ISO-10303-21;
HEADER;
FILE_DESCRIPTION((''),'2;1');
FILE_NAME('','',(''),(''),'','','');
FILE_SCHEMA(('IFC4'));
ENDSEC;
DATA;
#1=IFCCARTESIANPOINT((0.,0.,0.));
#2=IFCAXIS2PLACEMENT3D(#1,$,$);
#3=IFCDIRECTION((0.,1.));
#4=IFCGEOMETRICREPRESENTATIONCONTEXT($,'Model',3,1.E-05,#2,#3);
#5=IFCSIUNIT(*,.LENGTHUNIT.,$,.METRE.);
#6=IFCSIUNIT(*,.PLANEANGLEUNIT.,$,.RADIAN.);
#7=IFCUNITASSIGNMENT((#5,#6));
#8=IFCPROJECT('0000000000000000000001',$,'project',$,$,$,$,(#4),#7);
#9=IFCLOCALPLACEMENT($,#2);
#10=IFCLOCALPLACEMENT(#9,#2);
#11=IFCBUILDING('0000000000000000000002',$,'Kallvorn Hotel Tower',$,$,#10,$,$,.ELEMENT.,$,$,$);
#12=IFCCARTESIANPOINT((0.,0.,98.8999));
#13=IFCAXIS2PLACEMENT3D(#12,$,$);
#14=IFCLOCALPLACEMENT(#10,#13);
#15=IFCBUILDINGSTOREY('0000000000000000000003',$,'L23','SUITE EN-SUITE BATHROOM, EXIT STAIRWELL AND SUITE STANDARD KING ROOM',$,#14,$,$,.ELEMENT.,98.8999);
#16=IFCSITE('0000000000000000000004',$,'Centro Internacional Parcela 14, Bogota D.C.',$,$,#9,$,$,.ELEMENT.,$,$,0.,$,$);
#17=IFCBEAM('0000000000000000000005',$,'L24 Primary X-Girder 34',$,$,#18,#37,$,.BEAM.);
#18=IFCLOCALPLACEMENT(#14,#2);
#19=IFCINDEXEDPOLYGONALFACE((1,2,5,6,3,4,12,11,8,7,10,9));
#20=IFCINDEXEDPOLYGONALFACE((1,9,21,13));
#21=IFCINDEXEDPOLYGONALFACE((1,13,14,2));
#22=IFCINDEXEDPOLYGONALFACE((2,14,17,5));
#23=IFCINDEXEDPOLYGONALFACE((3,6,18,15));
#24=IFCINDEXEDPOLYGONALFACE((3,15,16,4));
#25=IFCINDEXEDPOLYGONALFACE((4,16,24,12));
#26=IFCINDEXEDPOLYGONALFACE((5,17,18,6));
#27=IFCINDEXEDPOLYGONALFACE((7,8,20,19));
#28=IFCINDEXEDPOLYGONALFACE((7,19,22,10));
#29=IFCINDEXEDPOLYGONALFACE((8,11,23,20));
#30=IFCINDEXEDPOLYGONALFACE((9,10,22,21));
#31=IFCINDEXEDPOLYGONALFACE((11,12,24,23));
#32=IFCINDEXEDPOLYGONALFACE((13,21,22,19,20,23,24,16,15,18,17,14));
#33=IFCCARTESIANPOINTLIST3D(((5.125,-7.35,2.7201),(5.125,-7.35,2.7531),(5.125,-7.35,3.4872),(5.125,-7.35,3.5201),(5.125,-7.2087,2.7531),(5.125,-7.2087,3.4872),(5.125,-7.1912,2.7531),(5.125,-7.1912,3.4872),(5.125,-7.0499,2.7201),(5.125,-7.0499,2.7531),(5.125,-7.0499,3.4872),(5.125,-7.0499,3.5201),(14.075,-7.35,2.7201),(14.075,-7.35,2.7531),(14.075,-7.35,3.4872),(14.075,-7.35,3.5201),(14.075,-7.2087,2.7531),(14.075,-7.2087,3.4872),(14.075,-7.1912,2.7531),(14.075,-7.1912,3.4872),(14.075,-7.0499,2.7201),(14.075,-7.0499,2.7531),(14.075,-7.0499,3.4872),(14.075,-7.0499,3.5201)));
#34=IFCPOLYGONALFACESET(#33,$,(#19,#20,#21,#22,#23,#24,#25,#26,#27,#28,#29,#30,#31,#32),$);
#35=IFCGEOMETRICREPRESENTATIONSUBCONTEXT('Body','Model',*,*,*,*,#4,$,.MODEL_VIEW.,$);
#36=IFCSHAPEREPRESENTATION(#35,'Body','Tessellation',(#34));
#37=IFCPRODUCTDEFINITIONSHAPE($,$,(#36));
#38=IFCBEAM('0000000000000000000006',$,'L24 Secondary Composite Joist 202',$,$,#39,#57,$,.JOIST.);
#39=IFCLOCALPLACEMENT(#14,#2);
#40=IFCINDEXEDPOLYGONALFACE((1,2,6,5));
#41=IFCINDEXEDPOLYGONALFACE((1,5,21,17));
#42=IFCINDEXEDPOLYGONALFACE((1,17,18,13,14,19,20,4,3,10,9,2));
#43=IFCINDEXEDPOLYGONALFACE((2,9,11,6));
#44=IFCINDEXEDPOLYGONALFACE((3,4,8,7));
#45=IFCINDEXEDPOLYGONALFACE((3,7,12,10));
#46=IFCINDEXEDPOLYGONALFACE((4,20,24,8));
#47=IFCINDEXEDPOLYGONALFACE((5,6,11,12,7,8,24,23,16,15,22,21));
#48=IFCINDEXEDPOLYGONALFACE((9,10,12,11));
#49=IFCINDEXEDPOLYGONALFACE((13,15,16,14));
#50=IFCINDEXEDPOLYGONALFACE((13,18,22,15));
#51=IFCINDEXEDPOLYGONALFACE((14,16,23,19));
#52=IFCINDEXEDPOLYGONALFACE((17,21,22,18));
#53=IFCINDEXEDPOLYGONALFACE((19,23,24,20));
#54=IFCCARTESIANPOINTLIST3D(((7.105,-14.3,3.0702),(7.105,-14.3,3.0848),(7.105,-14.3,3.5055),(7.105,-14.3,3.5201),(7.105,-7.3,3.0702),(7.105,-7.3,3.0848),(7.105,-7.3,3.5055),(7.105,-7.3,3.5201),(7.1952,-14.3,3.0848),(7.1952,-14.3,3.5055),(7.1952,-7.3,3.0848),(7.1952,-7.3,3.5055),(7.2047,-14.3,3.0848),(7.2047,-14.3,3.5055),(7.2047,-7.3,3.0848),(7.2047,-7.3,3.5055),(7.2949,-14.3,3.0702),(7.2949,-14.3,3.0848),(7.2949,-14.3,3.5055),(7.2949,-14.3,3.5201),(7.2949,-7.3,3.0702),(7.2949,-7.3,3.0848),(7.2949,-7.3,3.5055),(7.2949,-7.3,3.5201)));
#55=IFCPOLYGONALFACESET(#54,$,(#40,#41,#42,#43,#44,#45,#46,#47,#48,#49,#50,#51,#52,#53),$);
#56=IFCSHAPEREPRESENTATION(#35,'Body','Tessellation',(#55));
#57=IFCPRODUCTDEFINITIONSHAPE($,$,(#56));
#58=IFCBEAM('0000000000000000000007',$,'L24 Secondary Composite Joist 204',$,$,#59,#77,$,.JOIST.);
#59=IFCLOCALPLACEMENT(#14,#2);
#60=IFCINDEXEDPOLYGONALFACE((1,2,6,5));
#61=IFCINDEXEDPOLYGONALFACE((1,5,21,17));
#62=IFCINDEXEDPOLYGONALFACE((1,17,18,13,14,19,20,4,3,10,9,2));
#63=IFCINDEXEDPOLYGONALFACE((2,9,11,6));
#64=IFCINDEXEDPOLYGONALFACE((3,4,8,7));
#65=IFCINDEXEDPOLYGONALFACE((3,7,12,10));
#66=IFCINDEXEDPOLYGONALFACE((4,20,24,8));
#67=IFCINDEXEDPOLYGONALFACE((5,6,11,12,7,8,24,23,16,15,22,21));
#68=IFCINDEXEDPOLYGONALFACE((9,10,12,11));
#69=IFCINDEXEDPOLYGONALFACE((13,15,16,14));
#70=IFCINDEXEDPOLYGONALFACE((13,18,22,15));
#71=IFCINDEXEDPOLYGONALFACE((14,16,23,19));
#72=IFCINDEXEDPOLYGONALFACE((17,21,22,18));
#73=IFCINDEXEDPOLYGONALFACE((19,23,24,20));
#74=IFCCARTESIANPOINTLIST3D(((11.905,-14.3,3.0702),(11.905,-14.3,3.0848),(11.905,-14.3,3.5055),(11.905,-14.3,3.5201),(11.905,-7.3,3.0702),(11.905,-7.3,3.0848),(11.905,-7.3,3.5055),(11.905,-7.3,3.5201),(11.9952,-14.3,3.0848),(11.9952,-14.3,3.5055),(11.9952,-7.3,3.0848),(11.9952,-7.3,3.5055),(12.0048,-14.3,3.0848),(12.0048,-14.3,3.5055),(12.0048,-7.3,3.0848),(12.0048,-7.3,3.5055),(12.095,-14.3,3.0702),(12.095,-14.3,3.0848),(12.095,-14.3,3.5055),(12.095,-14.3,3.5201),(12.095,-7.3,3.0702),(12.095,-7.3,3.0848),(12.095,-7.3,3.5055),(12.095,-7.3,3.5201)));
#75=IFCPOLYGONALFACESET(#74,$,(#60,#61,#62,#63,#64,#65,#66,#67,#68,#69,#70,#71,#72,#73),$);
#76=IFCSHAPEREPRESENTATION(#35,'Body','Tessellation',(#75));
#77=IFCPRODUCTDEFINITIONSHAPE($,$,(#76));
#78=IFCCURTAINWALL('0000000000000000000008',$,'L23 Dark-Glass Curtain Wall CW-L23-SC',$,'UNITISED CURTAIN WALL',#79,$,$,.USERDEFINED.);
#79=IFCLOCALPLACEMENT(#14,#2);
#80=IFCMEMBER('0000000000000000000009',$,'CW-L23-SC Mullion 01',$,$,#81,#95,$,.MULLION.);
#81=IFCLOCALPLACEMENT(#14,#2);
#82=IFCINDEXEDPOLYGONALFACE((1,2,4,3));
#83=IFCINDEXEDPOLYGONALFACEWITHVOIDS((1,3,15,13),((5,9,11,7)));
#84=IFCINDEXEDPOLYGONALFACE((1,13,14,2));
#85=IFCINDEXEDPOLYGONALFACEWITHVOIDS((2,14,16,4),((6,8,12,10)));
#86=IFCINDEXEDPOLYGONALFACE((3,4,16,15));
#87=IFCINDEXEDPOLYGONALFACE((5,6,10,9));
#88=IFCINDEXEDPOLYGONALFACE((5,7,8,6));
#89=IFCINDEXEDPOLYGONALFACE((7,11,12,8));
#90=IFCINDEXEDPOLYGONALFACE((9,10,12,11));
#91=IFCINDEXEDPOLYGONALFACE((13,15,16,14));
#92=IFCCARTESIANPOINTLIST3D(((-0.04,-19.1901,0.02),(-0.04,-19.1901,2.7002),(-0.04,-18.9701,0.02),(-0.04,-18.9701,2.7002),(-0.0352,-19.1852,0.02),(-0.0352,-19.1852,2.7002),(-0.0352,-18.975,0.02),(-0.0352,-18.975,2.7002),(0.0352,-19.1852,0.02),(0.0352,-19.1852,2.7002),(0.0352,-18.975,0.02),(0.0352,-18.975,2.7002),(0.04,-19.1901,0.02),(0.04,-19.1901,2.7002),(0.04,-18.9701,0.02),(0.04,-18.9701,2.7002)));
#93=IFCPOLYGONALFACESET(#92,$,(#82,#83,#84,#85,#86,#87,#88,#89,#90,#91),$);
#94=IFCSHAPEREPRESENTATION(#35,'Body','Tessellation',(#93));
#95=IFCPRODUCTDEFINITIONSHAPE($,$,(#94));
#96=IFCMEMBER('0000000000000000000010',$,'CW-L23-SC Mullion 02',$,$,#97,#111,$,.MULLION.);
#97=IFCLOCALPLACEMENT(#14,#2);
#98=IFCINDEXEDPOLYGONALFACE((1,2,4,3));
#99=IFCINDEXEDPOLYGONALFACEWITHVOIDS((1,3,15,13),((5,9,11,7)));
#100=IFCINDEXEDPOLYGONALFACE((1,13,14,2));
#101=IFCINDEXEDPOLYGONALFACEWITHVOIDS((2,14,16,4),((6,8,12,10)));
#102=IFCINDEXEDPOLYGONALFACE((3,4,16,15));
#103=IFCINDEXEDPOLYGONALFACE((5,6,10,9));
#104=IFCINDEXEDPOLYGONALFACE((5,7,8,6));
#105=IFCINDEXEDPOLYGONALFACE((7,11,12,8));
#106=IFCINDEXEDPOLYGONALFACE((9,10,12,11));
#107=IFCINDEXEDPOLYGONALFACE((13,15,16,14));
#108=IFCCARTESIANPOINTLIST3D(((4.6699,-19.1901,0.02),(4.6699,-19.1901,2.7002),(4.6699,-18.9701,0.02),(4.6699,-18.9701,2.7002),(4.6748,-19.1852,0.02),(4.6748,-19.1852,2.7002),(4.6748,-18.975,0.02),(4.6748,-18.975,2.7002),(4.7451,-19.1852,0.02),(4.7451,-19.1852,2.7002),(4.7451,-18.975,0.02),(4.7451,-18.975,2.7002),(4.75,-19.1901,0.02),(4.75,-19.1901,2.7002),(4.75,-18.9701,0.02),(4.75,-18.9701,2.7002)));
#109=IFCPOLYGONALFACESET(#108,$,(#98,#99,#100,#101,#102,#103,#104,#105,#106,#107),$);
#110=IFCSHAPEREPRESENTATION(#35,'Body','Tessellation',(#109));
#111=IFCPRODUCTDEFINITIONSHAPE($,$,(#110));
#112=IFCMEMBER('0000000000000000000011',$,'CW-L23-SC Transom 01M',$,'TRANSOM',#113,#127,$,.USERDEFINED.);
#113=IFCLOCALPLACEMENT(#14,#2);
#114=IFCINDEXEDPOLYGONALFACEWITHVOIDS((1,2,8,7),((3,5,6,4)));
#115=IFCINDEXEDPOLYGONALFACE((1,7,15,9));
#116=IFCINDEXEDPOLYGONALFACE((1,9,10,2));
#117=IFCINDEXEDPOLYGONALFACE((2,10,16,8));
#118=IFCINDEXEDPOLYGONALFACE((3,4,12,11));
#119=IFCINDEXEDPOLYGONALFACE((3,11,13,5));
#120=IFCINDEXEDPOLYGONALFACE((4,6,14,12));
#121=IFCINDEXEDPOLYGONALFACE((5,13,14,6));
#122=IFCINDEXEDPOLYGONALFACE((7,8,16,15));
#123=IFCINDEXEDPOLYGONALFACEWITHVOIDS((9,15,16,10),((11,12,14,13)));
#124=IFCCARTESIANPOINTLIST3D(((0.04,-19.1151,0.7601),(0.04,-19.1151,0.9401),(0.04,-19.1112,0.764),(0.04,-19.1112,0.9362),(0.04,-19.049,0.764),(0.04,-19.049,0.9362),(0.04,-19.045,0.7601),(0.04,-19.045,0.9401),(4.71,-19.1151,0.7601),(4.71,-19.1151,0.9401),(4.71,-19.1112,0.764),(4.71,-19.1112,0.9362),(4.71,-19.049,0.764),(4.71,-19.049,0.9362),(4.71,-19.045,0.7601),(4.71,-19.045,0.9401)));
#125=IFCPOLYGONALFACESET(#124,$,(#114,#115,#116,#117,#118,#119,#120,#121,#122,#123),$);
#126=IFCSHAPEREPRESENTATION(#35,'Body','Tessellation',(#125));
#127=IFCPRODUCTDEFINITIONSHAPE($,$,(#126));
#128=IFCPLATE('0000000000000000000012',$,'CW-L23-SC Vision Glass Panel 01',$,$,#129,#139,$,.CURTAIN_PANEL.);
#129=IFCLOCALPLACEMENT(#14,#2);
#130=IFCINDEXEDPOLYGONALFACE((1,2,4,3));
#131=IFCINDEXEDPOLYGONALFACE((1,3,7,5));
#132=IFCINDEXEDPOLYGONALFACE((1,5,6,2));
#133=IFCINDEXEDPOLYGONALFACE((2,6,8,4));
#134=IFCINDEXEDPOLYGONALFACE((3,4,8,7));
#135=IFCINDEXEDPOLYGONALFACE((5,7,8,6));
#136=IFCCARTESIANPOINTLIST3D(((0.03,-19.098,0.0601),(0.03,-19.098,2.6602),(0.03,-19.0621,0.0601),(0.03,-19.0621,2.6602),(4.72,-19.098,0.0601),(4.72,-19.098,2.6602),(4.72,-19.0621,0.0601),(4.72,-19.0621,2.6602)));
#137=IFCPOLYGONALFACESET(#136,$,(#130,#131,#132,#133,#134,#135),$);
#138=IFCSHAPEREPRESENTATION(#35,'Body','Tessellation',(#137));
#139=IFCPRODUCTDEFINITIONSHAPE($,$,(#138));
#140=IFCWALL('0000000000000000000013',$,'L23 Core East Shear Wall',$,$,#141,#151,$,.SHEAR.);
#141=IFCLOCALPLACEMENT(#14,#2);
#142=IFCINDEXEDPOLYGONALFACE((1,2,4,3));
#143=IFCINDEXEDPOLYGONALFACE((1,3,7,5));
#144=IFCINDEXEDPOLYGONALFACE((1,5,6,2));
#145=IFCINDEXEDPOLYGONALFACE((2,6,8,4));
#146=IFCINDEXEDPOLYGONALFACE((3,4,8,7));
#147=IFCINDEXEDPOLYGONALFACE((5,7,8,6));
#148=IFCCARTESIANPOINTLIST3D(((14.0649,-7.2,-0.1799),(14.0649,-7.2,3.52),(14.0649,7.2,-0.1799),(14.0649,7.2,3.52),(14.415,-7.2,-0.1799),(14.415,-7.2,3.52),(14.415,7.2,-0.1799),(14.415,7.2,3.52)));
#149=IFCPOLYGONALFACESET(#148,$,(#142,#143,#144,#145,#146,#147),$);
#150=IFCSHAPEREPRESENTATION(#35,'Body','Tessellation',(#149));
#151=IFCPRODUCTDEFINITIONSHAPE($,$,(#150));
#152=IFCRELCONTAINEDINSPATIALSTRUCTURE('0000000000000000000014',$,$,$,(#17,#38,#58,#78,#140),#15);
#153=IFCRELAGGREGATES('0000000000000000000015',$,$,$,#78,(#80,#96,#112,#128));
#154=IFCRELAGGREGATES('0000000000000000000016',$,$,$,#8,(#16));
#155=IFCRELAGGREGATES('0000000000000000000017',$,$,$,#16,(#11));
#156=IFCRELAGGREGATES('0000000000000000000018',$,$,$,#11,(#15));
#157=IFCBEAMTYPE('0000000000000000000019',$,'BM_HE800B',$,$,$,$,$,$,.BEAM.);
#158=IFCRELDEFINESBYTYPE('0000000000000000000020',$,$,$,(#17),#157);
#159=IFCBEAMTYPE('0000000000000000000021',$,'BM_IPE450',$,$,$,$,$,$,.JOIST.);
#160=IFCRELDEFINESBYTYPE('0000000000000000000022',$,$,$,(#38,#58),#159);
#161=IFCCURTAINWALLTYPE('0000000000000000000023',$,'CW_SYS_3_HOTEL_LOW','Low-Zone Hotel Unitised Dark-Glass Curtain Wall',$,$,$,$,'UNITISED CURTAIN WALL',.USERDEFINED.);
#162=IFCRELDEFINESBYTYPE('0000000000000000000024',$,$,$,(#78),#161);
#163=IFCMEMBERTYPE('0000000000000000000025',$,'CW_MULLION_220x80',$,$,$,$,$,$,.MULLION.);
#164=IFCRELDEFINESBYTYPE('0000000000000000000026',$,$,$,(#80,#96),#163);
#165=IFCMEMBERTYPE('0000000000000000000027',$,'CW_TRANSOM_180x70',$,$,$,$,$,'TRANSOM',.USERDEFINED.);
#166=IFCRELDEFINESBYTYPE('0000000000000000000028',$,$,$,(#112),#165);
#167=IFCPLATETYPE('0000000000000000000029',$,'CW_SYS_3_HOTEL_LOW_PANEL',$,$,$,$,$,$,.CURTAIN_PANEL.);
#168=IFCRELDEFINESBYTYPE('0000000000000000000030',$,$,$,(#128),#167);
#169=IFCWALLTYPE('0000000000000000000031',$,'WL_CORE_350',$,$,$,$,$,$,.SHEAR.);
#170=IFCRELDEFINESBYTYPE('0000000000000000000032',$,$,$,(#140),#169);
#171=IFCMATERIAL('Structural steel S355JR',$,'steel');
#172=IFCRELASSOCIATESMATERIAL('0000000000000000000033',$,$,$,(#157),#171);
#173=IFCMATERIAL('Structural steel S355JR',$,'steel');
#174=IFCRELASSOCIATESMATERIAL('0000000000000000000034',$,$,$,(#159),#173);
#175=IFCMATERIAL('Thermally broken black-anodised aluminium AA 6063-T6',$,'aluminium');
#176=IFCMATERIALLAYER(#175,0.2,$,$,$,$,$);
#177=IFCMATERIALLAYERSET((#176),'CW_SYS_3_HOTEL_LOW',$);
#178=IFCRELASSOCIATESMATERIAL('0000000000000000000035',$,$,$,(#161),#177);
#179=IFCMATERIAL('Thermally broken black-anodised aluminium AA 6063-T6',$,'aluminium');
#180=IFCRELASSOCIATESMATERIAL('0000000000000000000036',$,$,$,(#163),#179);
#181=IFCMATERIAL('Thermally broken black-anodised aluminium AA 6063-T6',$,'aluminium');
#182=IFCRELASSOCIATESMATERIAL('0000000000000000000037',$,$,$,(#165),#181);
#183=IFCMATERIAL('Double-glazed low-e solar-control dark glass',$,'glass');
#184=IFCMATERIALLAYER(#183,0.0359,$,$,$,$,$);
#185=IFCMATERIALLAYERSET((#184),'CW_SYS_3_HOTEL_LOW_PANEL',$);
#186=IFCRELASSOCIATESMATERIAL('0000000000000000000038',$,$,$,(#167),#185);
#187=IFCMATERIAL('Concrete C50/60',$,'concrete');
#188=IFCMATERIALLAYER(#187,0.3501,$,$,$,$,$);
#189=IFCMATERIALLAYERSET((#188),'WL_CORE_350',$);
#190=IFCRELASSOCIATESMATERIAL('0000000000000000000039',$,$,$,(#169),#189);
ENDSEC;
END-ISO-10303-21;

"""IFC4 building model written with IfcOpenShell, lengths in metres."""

from ifc_helpers import new_model, si_unit, direction, frame, frame_2d, origin, origin_2d, place, context, subcontext, project, spatial, rectangle, hollow_rectangle, i_section, extrude, material, layer, layer_set, material_profile, profile_set, type_object, element, aggregate, save


model = new_model("IFC4")

# Units and contexts
model_context = context("Model", 3, precision=1e-05, world=origin(), true_north=direction((0.0, 1.0)))
body_context = subcontext(model_context, "Body", "Model", "MODEL_VIEW")
ifc_project = project(units=[si_unit("LENGTHUNIT", "METRE"), si_unit("PLANEANGLEUNIT", "RADIAN")], contexts=[model_context])

# Site, building, storey
site_placement = place(None, origin())
site = spatial("IfcSite", under=ifc_project, at=site_placement, Name="Centro Internacional Parcela 14, Bogota D.C.", CompositionType="ELEMENT", RefElevation=0.0)
building_placement = place(site_placement, origin())
building = spatial("IfcBuilding", under=site, at=building_placement, Name="Kallvorn Hotel Tower", CompositionType="ELEMENT")
storey_placement = place(building_placement, frame((0.0, 0.0, 98.8999)))
storey = spatial("IfcBuildingStorey", under=building, at=storey_placement, Name="L23", Description="SUITE EN-SUITE BATHROOM, EXIT STAIRWELL AND SUITE STANDARD KING ROOM", CompositionType="ELEMENT", Elevation=98.8999)

# Beams
ifc_material_1 = material(Name="Structural steel S355JR", Category="steel")
ifc_material_profile_1 = material_profile(ifc_material_1, i_section(OverallWidth=0.3, OverallDepth=0.8, WebThickness=0.0176, FlangeThickness=0.033, at=origin_2d()), Name="HE 800 B")
ifc_profile_set_1 = profile_set([ifc_material_profile_1], Name="Structural steel S355JR")
beam_type_1 = type_object("IfcBeamType", Name="BM_HE800B", PredefinedType="BEAM", material=ifc_profile_set_1)
beam_1_placement = place(storey_placement, frame((5.125, -7.2, 3.1201), z_axis=(1.0, 0.0, 0.0), x_axis=(0.0, 1.0, 0.0)))
element("IfcBeam", 1, at=beam_1_placement, inside=storey, type_object=beam_type_1, Name="L24 Primary X-Girder 34", PredefinedType="BEAM", context=body_context, shape_type="SweptSolid", body=[
    extrude(i_section(OverallWidth=0.3, OverallDepth=0.8, WebThickness=0.0176, FlangeThickness=0.033, at=origin_2d()), origin(), (0.0, 0.0, 1.0), 8.95),
])
ifc_material_2 = material(Name="Structural steel S355JR", Category="steel")
ifc_material_profile_2 = material_profile(ifc_material_2, i_section(OverallWidth=0.1899, OverallDepth=0.45, WebThickness=0.0095, FlangeThickness=0.0146, at=origin_2d()), Name="IPE 450")
ifc_profile_set_2 = profile_set([ifc_material_profile_2], Name="Structural steel S355JR")
beam_type_2 = type_object("IfcBeamType", Name="BM_IPE450", PredefinedType="JOIST", material=ifc_profile_set_2)
for number, where, z_axis, x_axis, name in (
    (2, (7.2, -14.3, 3.2952), (0.0, 1.0, 0.0), (-1.0, 0.0, 0.0), "L24 Secondary Composite Joist 202"),
    (3, (12.0, -14.3, 3.2952), (0.0, 1.0, 0.0), (-1.0, 0.0, 0.0), "L24 Secondary Composite Joist 204"),
):
    element("IfcBeam", number, at=place(storey_placement, frame(where, z_axis=z_axis, x_axis=x_axis)), inside=storey, type_object=beam_type_2, Name=name, PredefinedType="JOIST", context=body_context, shape_type="SweptSolid", body=[
        extrude(i_section(OverallWidth=0.1899, OverallDepth=0.45, WebThickness=0.0095, FlangeThickness=0.0146, at=origin_2d()), origin(), (0.0, 0.0, 1.0), 7.0),
    ])

# Curtain wall, members, plate
ifc_material_3 = material(Name="Thermally broken black-anodised aluminium AA 6063-T6", Category="aluminium")
ifc_layer_1 = layer(ifc_material_3, 0.2)
ifc_layer_set_1 = layer_set([ifc_layer_1], Name="CW_SYS_3_HOTEL_LOW")
curtain_wall_type = type_object("IfcCurtainWallType", Name="CW_SYS_3_HOTEL_LOW", Description="Low-Zone Hotel Unitised Dark-Glass Curtain Wall", ElementType="UNITISED CURTAIN WALL", PredefinedType="USERDEFINED", material=ifc_layer_set_1)
curtain_wall_placement = place(storey_placement, origin())
curtain_wall = element("IfcCurtainWall", 4, at=curtain_wall_placement, inside=storey, type_object=curtain_wall_type, Name="L23 Dark-Glass Curtain Wall CW-L23-SC", ObjectType="UNITISED CURTAIN WALL", PredefinedType="USERDEFINED")
ifc_material_4 = material(Name="Thermally broken black-anodised aluminium AA 6063-T6", Category="aluminium")
ifc_material_profile_3 = material_profile(ifc_material_4, hollow_rectangle(XDim=0.0801, YDim=0.22, WallThickness=0.0049, at=origin_2d()), Name="MUL 220x80")
ifc_profile_set_3 = profile_set([ifc_material_profile_3], Name="Thermally broken black-anodised aluminium AA 6063-T6")
member_type_1 = type_object("IfcMemberType", Name="CW_MULLION_220x80", PredefinedType="MULLION", material=ifc_profile_set_3)
member_1_placement = place(storey_placement, frame((0.0, -19.0801, 0.02), z_axis=(0.0, 0.0, 1.0), x_axis=(1.0, 0.0, 0.0)))
member_1 = element("IfcMember", 5, at=member_1_placement, type_object=member_type_1, Name="CW-L23-SC Mullion 01", PredefinedType="MULLION", context=body_context, shape_type="SweptSolid", body=[
    extrude(hollow_rectangle(XDim=0.0801, YDim=0.22, WallThickness=0.0049, at=origin_2d()), origin(), (0.0, 0.0, 1.0), 2.6802),
])
member_2_placement = place(storey_placement, frame((4.71, -19.0801, 0.02), z_axis=(0.0, 0.0, 1.0), x_axis=(1.0, 0.0, 0.0)))
member_2 = element("IfcMember", 6, at=member_2_placement, type_object=member_type_1, Name="CW-L23-SC Mullion 02", PredefinedType="MULLION", context=body_context, shape_type="SweptSolid", body=[
    extrude(hollow_rectangle(XDim=0.0801, YDim=0.22, WallThickness=0.0049, at=origin_2d()), origin(), (0.0, 0.0, 1.0), 2.6802),
])
ifc_material_5 = material(Name="Thermally broken black-anodised aluminium AA 6063-T6", Category="aluminium")
ifc_material_profile_4 = material_profile(ifc_material_5, hollow_rectangle(XDim=0.0701, YDim=0.1799, WallThickness=0.0039, at=origin_2d()), Name="TRN 180x70")
ifc_profile_set_4 = profile_set([ifc_material_profile_4], Name="Thermally broken black-anodised aluminium AA 6063-T6")
member_type_2 = type_object("IfcMemberType", Name="CW_TRANSOM_180x70", ElementType="TRANSOM", PredefinedType="USERDEFINED", material=ifc_profile_set_4)
member_3_placement = place(storey_placement, frame((0.04, -19.0801, 0.8501), z_axis=(1.0, 0.0, 0.0), x_axis=(0.0, 1.0, 0.0)))
member_3 = element("IfcMember", 7, at=member_3_placement, type_object=member_type_2, Name="CW-L23-SC Transom 01M", ObjectType="TRANSOM", PredefinedType="USERDEFINED", context=body_context, shape_type="SweptSolid", body=[
    extrude(hollow_rectangle(XDim=0.0701, YDim=0.1799, WallThickness=0.0039, at=origin_2d()), origin(), (0.0, 0.0, 1.0), 4.6699),
])
ifc_material_6 = material(Name="Double-glazed low-e solar-control dark glass", Category="glass")
ifc_layer_2 = layer(ifc_material_6, 0.0359)
ifc_layer_set_2 = layer_set([ifc_layer_2], Name="CW_SYS_3_HOTEL_LOW_PANEL")
plate_type = type_object("IfcPlateType", Name="CW_SYS_3_HOTEL_LOW_PANEL", PredefinedType="CURTAIN_PANEL", material=ifc_layer_set_2)
plate_placement = place(storey_placement, frame((2.375, -19.0801, 0.0601), z_axis=(0.0, 0.0, 1.0), x_axis=(1.0, 0.0, 0.0)))
plate = element("IfcPlate", 8, at=plate_placement, type_object=plate_type, Name="CW-L23-SC Vision Glass Panel 01", PredefinedType="CURTAIN_PANEL", context=body_context, shape_type="SweptSolid", body=[
    extrude(rectangle(XDim=4.6899, YDim=0.0359, at=origin_2d()), origin(), (0.0, 0.0, 1.0), 2.6001),
])
aggregate(curtain_wall, [member_1, member_2, member_3, plate])

# Wall
ifc_material_7 = material(Name="Concrete C50/60", Category="concrete")
ifc_layer_3 = layer(ifc_material_7, 0.3501)
ifc_layer_set_3 = layer_set([ifc_layer_3], Name="WL_CORE_350")
wall_type_1 = type_object("IfcWallType", Name="WL_CORE_350", PredefinedType="SHEAR", material=ifc_layer_set_3)
wall_1_placement = place(storey_placement, frame((14.24, -7.2, -0.1799), z_axis=(0.0, 0.0, 1.0), x_axis=(0.0, 1.0, 0.0)))
element("IfcWall", 9, at=wall_1_placement, inside=storey, type_object=wall_type_1, Name="L23 Core East Shear Wall", PredefinedType="SHEAR", context=body_context, shape_type="SweptSolid", body=[
    extrude(rectangle(XDim=14.3999, YDim=0.3501, at=frame_2d((7.2, 0.0))), origin(), (0.0, 0.0, 1.0), 3.7),
])

save(model, "model.ifc")
